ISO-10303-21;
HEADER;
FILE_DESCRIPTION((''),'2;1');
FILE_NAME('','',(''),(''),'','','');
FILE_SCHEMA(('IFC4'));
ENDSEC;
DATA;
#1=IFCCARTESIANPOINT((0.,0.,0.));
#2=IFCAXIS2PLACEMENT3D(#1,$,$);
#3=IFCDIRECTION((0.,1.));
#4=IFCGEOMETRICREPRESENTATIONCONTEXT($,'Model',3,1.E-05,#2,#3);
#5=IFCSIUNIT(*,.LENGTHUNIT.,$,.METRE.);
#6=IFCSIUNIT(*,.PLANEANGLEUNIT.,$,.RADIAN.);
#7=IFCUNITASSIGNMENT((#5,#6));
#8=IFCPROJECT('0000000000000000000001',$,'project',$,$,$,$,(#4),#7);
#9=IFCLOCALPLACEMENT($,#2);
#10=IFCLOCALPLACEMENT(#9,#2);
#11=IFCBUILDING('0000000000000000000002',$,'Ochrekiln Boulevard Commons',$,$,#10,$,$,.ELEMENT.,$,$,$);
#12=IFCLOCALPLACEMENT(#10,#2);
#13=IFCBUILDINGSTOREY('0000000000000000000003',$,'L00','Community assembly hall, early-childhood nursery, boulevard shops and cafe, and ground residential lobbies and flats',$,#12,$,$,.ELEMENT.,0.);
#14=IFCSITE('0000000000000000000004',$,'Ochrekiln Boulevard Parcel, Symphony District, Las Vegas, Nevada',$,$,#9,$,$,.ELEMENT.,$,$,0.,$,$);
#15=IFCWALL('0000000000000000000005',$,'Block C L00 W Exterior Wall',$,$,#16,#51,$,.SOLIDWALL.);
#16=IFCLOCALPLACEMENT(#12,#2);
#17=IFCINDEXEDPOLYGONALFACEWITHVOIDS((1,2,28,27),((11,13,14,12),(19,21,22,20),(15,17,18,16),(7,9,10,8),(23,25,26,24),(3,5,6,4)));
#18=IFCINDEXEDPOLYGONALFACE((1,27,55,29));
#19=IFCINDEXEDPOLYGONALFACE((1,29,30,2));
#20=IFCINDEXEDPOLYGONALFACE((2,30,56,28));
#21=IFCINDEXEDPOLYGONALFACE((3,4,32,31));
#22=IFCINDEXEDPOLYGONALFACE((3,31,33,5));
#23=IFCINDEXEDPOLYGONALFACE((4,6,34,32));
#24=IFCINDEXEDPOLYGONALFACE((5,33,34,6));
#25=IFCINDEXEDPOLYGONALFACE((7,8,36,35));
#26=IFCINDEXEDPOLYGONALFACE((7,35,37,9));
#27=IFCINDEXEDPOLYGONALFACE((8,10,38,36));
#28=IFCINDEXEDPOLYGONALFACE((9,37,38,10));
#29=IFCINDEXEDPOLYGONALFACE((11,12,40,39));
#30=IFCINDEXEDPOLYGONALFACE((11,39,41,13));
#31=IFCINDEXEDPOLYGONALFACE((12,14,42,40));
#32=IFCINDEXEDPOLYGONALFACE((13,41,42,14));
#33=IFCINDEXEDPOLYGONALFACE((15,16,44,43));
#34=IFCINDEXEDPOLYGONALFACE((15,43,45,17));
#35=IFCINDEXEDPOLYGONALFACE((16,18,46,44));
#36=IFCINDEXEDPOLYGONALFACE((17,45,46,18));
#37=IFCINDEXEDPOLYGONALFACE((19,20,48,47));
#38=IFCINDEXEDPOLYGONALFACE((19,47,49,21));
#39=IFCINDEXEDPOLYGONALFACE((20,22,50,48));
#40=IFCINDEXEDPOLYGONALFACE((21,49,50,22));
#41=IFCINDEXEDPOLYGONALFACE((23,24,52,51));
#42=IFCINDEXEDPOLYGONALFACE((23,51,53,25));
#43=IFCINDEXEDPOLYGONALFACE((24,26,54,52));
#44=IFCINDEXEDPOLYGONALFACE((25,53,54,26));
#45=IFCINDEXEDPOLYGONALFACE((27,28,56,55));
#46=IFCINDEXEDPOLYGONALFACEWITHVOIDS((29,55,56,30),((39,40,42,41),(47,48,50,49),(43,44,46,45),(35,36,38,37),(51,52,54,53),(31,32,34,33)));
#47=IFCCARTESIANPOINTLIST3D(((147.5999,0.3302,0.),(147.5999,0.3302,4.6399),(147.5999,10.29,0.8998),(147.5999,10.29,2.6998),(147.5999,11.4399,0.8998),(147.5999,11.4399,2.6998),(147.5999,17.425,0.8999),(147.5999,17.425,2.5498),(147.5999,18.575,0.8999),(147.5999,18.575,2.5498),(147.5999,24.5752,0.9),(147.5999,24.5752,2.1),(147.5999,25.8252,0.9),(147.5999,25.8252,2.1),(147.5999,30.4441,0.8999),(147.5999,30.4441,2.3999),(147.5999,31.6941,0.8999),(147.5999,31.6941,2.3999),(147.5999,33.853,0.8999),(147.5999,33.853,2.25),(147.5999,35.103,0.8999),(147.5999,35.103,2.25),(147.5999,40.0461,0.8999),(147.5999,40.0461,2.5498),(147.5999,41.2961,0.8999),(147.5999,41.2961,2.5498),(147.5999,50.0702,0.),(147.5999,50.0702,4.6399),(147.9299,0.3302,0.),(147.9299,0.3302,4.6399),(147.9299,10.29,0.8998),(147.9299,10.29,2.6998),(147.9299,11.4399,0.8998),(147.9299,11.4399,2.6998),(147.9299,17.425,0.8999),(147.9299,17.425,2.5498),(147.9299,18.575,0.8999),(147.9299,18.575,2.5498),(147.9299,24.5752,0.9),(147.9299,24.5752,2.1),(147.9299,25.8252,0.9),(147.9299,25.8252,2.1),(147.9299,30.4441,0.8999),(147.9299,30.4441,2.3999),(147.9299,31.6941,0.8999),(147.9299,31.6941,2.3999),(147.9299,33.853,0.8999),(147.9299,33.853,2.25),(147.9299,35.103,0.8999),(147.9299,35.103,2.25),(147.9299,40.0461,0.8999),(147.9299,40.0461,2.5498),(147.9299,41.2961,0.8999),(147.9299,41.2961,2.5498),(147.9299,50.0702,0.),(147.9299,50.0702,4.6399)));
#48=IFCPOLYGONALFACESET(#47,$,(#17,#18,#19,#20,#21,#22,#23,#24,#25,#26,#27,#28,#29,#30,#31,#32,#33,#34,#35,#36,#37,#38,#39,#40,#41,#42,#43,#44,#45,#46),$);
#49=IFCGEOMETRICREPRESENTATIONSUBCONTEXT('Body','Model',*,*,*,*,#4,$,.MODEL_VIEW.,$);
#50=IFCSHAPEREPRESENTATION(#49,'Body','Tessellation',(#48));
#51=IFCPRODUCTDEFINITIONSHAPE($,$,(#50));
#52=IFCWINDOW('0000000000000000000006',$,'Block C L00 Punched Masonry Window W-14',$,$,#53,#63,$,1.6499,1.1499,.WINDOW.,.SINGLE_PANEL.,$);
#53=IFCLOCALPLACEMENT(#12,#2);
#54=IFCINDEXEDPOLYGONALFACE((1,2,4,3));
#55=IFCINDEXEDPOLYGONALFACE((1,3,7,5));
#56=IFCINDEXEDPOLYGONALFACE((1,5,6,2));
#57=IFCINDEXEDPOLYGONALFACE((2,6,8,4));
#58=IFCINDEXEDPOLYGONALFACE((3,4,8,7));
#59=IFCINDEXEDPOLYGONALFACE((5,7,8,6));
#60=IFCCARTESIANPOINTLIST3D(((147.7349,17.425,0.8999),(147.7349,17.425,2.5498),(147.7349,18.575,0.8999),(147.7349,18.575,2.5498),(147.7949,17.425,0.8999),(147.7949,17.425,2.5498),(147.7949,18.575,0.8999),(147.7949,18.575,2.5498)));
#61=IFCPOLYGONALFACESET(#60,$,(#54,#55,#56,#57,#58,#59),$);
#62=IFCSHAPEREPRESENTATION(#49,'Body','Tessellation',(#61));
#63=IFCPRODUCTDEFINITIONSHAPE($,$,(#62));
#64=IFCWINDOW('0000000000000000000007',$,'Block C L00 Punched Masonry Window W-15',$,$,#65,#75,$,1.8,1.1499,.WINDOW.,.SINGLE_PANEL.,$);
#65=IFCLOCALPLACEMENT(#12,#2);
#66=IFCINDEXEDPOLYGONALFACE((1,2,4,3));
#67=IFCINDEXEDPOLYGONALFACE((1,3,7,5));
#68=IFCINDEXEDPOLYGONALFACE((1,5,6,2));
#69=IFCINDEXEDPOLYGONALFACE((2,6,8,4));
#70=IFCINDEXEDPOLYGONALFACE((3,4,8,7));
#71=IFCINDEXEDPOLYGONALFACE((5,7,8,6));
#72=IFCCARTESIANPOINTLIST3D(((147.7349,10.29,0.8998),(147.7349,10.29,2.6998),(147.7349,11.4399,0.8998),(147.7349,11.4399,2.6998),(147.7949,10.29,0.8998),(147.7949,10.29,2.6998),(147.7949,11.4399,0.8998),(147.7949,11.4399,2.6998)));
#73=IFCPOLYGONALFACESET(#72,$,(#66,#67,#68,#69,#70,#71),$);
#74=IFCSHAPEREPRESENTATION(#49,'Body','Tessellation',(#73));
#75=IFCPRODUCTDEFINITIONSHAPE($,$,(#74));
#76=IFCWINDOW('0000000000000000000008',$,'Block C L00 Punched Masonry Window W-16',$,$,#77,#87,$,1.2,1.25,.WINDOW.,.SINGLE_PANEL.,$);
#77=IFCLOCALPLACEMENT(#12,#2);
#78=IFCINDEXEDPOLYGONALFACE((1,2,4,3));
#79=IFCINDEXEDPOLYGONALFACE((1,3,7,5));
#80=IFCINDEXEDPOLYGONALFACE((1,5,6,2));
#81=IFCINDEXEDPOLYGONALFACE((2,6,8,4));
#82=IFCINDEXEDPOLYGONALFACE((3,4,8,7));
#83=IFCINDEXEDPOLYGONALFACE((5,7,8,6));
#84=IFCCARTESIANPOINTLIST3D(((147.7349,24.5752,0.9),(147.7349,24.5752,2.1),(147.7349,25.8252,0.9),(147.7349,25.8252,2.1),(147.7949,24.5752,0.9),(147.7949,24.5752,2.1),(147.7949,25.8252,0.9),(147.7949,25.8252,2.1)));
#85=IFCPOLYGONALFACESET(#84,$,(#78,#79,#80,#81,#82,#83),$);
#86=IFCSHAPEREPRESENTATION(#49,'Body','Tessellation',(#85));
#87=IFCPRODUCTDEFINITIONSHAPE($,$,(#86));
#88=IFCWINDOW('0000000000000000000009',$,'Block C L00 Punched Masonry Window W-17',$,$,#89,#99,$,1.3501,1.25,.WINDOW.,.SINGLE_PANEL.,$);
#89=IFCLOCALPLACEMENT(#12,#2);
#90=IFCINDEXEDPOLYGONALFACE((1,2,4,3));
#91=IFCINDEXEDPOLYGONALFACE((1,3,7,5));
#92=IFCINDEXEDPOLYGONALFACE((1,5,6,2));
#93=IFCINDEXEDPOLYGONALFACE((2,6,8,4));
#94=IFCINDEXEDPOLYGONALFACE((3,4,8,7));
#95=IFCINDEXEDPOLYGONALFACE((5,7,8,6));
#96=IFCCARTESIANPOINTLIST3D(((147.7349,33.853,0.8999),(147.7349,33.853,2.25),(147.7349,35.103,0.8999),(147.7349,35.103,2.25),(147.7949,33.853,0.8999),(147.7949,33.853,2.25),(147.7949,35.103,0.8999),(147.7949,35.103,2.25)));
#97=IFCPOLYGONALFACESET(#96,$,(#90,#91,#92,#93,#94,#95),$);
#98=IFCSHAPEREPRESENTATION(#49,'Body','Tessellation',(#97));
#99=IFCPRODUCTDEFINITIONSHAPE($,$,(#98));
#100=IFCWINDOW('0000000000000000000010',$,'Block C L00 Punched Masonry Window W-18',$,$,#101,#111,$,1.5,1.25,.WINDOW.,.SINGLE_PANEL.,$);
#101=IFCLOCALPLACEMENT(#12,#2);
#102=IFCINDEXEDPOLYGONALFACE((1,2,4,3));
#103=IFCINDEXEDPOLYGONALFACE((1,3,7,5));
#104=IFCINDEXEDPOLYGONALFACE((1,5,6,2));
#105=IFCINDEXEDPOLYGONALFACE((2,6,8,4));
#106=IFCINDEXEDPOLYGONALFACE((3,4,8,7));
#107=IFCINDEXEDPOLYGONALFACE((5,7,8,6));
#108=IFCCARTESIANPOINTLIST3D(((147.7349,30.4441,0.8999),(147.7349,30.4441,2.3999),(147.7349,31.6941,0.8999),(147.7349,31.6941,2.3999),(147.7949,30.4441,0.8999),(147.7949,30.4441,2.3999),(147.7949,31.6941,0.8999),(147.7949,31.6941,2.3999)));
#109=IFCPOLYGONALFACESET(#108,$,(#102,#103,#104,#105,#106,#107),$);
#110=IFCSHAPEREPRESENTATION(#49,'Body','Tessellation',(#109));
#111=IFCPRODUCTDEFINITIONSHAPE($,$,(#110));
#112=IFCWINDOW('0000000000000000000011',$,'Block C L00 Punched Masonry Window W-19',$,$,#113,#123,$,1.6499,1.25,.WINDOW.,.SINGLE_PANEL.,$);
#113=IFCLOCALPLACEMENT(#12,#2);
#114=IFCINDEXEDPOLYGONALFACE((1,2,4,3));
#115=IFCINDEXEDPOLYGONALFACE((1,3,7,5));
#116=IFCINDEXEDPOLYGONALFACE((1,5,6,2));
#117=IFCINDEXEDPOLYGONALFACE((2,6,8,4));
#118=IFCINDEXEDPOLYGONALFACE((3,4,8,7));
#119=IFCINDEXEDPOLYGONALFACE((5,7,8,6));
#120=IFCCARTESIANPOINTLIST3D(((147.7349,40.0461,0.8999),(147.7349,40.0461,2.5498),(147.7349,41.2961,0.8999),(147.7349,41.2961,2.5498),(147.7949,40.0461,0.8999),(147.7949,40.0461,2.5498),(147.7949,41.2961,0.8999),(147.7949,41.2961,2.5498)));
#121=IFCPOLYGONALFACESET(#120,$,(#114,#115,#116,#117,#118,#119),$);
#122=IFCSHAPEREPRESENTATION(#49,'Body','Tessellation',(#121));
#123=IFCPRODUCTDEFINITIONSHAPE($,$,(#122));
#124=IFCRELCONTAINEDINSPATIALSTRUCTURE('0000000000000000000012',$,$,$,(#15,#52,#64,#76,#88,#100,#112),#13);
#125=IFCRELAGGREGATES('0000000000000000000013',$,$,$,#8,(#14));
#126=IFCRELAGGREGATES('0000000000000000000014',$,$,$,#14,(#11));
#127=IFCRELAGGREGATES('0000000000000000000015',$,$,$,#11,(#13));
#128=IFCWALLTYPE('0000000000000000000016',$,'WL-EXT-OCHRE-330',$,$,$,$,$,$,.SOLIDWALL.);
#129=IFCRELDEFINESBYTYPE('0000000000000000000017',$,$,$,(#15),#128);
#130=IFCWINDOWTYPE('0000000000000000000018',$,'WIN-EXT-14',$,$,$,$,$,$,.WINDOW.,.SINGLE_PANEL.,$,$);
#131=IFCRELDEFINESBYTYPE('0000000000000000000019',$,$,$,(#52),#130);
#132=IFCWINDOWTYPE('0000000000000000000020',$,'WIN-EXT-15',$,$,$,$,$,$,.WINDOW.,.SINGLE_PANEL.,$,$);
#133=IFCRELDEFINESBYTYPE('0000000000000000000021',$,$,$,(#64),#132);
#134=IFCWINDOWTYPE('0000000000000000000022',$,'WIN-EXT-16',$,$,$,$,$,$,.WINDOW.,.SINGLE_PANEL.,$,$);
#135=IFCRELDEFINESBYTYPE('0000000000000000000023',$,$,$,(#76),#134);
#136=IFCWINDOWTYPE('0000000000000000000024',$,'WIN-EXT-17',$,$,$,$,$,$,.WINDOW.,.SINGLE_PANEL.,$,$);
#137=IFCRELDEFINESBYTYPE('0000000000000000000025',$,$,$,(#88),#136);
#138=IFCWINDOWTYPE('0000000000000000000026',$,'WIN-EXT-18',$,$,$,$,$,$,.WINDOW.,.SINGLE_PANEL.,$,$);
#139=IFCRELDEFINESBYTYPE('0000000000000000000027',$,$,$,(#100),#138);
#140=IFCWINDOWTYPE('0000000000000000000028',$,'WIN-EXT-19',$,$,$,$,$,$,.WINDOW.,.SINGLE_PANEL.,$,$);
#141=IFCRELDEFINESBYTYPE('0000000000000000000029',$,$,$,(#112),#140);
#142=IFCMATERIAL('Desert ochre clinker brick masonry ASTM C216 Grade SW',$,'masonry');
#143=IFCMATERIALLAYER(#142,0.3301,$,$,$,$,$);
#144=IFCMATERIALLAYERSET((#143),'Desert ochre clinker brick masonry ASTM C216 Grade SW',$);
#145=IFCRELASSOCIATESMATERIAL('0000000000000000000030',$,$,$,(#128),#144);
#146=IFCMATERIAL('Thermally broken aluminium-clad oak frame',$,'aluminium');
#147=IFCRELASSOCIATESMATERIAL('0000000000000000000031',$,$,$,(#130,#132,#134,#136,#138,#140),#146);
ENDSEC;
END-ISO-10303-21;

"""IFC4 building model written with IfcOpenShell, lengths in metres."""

from ifc_helpers import new_model, si_unit, direction, frame, frame_2d, origin, place, context, subcontext, project, spatial, rectangle, extrude, material, layer, layer_set, type_object, element, fill, save


model = new_model("IFC4")

# Units and contexts
model_context = context("Model", 3, precision=1e-05, world=origin(), true_north=direction((0.0, 1.0)))
body_context = subcontext(model_context, "Body", "Model", "MODEL_VIEW")
ifc_project = project(units=[si_unit("LENGTHUNIT", "METRE"), si_unit("PLANEANGLEUNIT", "RADIAN")], contexts=[model_context])

# Site, building, storey
site_placement = place(None, origin())
site = spatial("IfcSite", under=ifc_project, at=site_placement, Name="Ochrekiln Boulevard Parcel, Symphony District, Las Vegas, Nevada", CompositionType="ELEMENT", RefElevation=0.0)
building_placement = place(site_placement, origin())
building = spatial("IfcBuilding", under=site, at=building_placement, Name="Ochrekiln Boulevard Commons", CompositionType="ELEMENT")
storey_placement = place(building_placement, origin())
storey = spatial("IfcBuildingStorey", under=building, at=storey_placement, Name="L00", Description="Community assembly hall, early-childhood nursery, boulevard shops and cafe, and ground residential lobbies and flats", CompositionType="ELEMENT", Elevation=0.0)

# Shared definitions
ifc_material_1 = material(Name="Desert ochre clinker brick masonry ASTM C216 Grade SW", Category="masonry")

# Shared definitions
ifc_layer_1 = layer(ifc_material_1, 0.3301)
ifc_layer_set_1 = layer_set([ifc_layer_1], Name="Desert ochre clinker brick masonry ASTM C216 Grade SW")
wall_type_1 = type_object("IfcWallType", Name="WL-EXT-OCHRE-330", PredefinedType="SOLIDWALL", material=ifc_layer_set_1)

# Wall, openings, windows
wall_1_placement = place(storey_placement, frame((147.7649, 0.3301, 0.0), z_axis=(0.0, 0.0, 1.0), x_axis=(0.0, 1.0, 0.0)))
wall_1 = element("IfcWall", 1, at=wall_1_placement, inside=storey, type_object=wall_type_1, Name="Block C L00 W Exterior Wall", PredefinedType="SOLIDWALL", context=body_context, shape_type="SweptSolid", body=[
    extrude(rectangle(XDim=49.74, YDim=0.3301, at=frame_2d((24.8701, 0.0))), origin(), (0.0, 0.0, 1.0), 4.6399),
])
opening_1_placement = place(wall_1_placement, frame((17.095, 0.0, 0.8999)))
opening_1 = element("IfcOpeningElement", 2, at=opening_1_placement, cuts=wall_1, PredefinedType="OPENING", context=body_context, shape_type="SweptSolid", body=[
    extrude(rectangle(XDim=1.1499, YDim=1.6499, at=frame_2d((0.575, 0.825))), frame((0.0, 0.175, 0.0), z_axis=(0.0, -1.0, 0.0), x_axis=(1.0, 0.0, 0.0)), (0.0, 0.0, 1.0), 0.3501),
])
opening_2_placement = place(wall_1_placement, frame((9.96, 0.0, 0.8999)))
opening_2 = element("IfcOpeningElement", 3, at=opening_2_placement, cuts=wall_1, PredefinedType="OPENING", context=body_context, shape_type="SweptSolid", body=[
    extrude(rectangle(XDim=1.1499, YDim=1.8, at=frame_2d((0.575, 0.8999))), frame((0.0, 0.175, 0.0), z_axis=(0.0, -1.0, 0.0), x_axis=(1.0, 0.0, 0.0)), (0.0, 0.0, 1.0), 0.3501),
])
opening_3_placement = place(wall_1_placement, frame((24.2451, 0.0, 0.8999)))
opening_3 = element("IfcOpeningElement", 4, at=opening_3_placement, cuts=wall_1, PredefinedType="OPENING", context=body_context, shape_type="SweptSolid", body=[
    extrude(rectangle(XDim=1.25, YDim=1.2, at=frame_2d((0.625, 0.6001))), frame((0.0, 0.175, 0.0), z_axis=(0.0, -1.0, 0.0), x_axis=(1.0, 0.0, 0.0)), (0.0, 0.0, 1.0), 0.3501),
])
opening_4_placement = place(wall_1_placement, frame((33.5229, 0.0, 0.8999)))
opening_4 = element("IfcOpeningElement", 5, at=opening_4_placement, cuts=wall_1, PredefinedType="OPENING", context=body_context, shape_type="SweptSolid", body=[
    extrude(rectangle(XDim=1.25, YDim=1.3501, at=frame_2d((0.625, 0.675))), frame((0.0, 0.175, 0.0), z_axis=(0.0, -1.0, 0.0), x_axis=(1.0, 0.0, 0.0)), (0.0, 0.0, 1.0), 0.3501),
])
opening_5_placement = place(wall_1_placement, frame((30.114, 0.0, 0.8999)))
opening_5 = element("IfcOpeningElement", 6, at=opening_5_placement, cuts=wall_1, PredefinedType="OPENING", context=body_context, shape_type="SweptSolid", body=[
    extrude(rectangle(XDim=1.25, YDim=1.5, at=frame_2d((0.625, 0.75))), frame((0.0, 0.175, 0.0), z_axis=(0.0, -1.0, 0.0), x_axis=(1.0, 0.0, 0.0)), (0.0, 0.0, 1.0), 0.3501),
])
opening_6_placement = place(wall_1_placement, frame((39.7161, 0.0, 0.8999)))
opening_6 = element("IfcOpeningElement", 7, at=opening_6_placement, cuts=wall_1, PredefinedType="OPENING", context=body_context, shape_type="SweptSolid", body=[
    extrude(rectangle(XDim=1.25, YDim=1.6499, at=frame_2d((0.625, 0.825))), frame((0.0, 0.175, 0.0), z_axis=(0.0, -1.0, 0.0), x_axis=(1.0, 0.0, 0.0)), (0.0, 0.0, 1.0), 0.3501),
])
ifc_material_2 = material(Name="Thermally broken aluminium-clad oak frame", Category="aluminium")
window_type_1 = type_object("IfcWindowType", Name="WIN-EXT-14", PartitioningType="SINGLE_PANEL", PredefinedType="WINDOW", material=ifc_material_2)
window_1_placement = place(opening_1_placement, origin())
window_1 = element("IfcWindow", 8, at=window_1_placement, inside=storey, type_object=window_type_1, Name="Block C L00 Punched Masonry Window W-14", OverallHeight=1.6499, OverallWidth=1.1499, PartitioningType="SINGLE_PANEL", PredefinedType="WINDOW", context=body_context, shape_type="SweptSolid", body=[
    extrude(rectangle(XDim=1.1499, YDim=1.6499, at=frame_2d((0.575, 0.825))), frame((0.0, 0.03, 0.0), z_axis=(0.0, -1.0, 0.0), x_axis=(1.0, 0.0, 0.0)), (0.0, 0.0, 1.0), 0.0601),
])
fill(opening_1, window_1)
window_type_2 = type_object("IfcWindowType", Name="WIN-EXT-15", PartitioningType="SINGLE_PANEL", PredefinedType="WINDOW", material=ifc_material_2)
window_2_placement = place(opening_2_placement, origin())
window_2 = element("IfcWindow", 9, at=window_2_placement, inside=storey, type_object=window_type_2, Name="Block C L00 Punched Masonry Window W-15", OverallHeight=1.8, OverallWidth=1.1499, PartitioningType="SINGLE_PANEL", PredefinedType="WINDOW", context=body_context, shape_type="SweptSolid", body=[
    extrude(rectangle(XDim=1.1499, YDim=1.8, at=frame_2d((0.575, 0.8999))), frame((0.0, 0.03, 0.0), z_axis=(0.0, -1.0, 0.0), x_axis=(1.0, 0.0, 0.0)), (0.0, 0.0, 1.0), 0.0601),
])
fill(opening_2, window_2)
window_type_3 = type_object("IfcWindowType", Name="WIN-EXT-16", PartitioningType="SINGLE_PANEL", PredefinedType="WINDOW", material=ifc_material_2)
window_3_placement = place(opening_3_placement, origin())
window_3 = element("IfcWindow", 10, at=window_3_placement, inside=storey, type_object=window_type_3, Name="Block C L00 Punched Masonry Window W-16", OverallHeight=1.2, OverallWidth=1.25, PartitioningType="SINGLE_PANEL", PredefinedType="WINDOW", context=body_context, shape_type="SweptSolid", body=[
    extrude(rectangle(XDim=1.25, YDim=1.2, at=frame_2d((0.625, 0.6001))), frame((0.0, 0.03, 0.0), z_axis=(0.0, -1.0, 0.0), x_axis=(1.0, 0.0, 0.0)), (0.0, 0.0, 1.0), 0.0601),
])
fill(opening_3, window_3)
window_type_4 = type_object("IfcWindowType", Name="WIN-EXT-17", PartitioningType="SINGLE_PANEL", PredefinedType="WINDOW", material=ifc_material_2)
window_4_placement = place(opening_4_placement, origin())
window_4 = element("IfcWindow", 11, at=window_4_placement, inside=storey, type_object=window_type_4, Name="Block C L00 Punched Masonry Window W-17", OverallHeight=1.3501, OverallWidth=1.25, PartitioningType="SINGLE_PANEL", PredefinedType="WINDOW", context=body_context, shape_type="SweptSolid", body=[
    extrude(rectangle(XDim=1.25, YDim=1.3501, at=frame_2d((0.625, 0.675))), frame((0.0, 0.03, 0.0), z_axis=(0.0, -1.0, 0.0), x_axis=(1.0, 0.0, 0.0)), (0.0, 0.0, 1.0), 0.0601),
])
fill(opening_4, window_4)
window_type_5 = type_object("IfcWindowType", Name="WIN-EXT-18", PartitioningType="SINGLE_PANEL", PredefinedType="WINDOW", material=ifc_material_2)
window_5_placement = place(opening_5_placement, origin())
window_5 = element("IfcWindow", 12, at=window_5_placement, inside=storey, type_object=window_type_5, Name="Block C L00 Punched Masonry Window W-18", OverallHeight=1.5, OverallWidth=1.25, PartitioningType="SINGLE_PANEL", PredefinedType="WINDOW", context=body_context, shape_type="SweptSolid", body=[
    extrude(rectangle(XDim=1.25, YDim=1.5, at=frame_2d((0.625, 0.75))), frame((0.0, 0.03, 0.0), z_axis=(0.0, -1.0, 0.0), x_axis=(1.0, 0.0, 0.0)), (0.0, 0.0, 1.0), 0.0601),
])
fill(opening_5, window_5)
window_type_6 = type_object("IfcWindowType", Name="WIN-EXT-19", PartitioningType="SINGLE_PANEL", PredefinedType="WINDOW", material=ifc_material_2)
window_6_placement = place(opening_6_placement, origin())
window_6 = element("IfcWindow", 13, at=window_6_placement, inside=storey, type_object=window_type_6, Name="Block C L00 Punched Masonry Window W-19", OverallHeight=1.6499, OverallWidth=1.25, PartitioningType="SINGLE_PANEL", PredefinedType="WINDOW", context=body_context, shape_type="SweptSolid", body=[
    extrude(rectangle(XDim=1.25, YDim=1.6499, at=frame_2d((0.625, 0.825))), frame((0.0, 0.03, 0.0), z_axis=(0.0, -1.0, 0.0), x_axis=(1.0, 0.0, 0.0)), (0.0, 0.0, 1.0), 0.0601),
])
fill(opening_6, window_6)

save(model, "model.ifc")
